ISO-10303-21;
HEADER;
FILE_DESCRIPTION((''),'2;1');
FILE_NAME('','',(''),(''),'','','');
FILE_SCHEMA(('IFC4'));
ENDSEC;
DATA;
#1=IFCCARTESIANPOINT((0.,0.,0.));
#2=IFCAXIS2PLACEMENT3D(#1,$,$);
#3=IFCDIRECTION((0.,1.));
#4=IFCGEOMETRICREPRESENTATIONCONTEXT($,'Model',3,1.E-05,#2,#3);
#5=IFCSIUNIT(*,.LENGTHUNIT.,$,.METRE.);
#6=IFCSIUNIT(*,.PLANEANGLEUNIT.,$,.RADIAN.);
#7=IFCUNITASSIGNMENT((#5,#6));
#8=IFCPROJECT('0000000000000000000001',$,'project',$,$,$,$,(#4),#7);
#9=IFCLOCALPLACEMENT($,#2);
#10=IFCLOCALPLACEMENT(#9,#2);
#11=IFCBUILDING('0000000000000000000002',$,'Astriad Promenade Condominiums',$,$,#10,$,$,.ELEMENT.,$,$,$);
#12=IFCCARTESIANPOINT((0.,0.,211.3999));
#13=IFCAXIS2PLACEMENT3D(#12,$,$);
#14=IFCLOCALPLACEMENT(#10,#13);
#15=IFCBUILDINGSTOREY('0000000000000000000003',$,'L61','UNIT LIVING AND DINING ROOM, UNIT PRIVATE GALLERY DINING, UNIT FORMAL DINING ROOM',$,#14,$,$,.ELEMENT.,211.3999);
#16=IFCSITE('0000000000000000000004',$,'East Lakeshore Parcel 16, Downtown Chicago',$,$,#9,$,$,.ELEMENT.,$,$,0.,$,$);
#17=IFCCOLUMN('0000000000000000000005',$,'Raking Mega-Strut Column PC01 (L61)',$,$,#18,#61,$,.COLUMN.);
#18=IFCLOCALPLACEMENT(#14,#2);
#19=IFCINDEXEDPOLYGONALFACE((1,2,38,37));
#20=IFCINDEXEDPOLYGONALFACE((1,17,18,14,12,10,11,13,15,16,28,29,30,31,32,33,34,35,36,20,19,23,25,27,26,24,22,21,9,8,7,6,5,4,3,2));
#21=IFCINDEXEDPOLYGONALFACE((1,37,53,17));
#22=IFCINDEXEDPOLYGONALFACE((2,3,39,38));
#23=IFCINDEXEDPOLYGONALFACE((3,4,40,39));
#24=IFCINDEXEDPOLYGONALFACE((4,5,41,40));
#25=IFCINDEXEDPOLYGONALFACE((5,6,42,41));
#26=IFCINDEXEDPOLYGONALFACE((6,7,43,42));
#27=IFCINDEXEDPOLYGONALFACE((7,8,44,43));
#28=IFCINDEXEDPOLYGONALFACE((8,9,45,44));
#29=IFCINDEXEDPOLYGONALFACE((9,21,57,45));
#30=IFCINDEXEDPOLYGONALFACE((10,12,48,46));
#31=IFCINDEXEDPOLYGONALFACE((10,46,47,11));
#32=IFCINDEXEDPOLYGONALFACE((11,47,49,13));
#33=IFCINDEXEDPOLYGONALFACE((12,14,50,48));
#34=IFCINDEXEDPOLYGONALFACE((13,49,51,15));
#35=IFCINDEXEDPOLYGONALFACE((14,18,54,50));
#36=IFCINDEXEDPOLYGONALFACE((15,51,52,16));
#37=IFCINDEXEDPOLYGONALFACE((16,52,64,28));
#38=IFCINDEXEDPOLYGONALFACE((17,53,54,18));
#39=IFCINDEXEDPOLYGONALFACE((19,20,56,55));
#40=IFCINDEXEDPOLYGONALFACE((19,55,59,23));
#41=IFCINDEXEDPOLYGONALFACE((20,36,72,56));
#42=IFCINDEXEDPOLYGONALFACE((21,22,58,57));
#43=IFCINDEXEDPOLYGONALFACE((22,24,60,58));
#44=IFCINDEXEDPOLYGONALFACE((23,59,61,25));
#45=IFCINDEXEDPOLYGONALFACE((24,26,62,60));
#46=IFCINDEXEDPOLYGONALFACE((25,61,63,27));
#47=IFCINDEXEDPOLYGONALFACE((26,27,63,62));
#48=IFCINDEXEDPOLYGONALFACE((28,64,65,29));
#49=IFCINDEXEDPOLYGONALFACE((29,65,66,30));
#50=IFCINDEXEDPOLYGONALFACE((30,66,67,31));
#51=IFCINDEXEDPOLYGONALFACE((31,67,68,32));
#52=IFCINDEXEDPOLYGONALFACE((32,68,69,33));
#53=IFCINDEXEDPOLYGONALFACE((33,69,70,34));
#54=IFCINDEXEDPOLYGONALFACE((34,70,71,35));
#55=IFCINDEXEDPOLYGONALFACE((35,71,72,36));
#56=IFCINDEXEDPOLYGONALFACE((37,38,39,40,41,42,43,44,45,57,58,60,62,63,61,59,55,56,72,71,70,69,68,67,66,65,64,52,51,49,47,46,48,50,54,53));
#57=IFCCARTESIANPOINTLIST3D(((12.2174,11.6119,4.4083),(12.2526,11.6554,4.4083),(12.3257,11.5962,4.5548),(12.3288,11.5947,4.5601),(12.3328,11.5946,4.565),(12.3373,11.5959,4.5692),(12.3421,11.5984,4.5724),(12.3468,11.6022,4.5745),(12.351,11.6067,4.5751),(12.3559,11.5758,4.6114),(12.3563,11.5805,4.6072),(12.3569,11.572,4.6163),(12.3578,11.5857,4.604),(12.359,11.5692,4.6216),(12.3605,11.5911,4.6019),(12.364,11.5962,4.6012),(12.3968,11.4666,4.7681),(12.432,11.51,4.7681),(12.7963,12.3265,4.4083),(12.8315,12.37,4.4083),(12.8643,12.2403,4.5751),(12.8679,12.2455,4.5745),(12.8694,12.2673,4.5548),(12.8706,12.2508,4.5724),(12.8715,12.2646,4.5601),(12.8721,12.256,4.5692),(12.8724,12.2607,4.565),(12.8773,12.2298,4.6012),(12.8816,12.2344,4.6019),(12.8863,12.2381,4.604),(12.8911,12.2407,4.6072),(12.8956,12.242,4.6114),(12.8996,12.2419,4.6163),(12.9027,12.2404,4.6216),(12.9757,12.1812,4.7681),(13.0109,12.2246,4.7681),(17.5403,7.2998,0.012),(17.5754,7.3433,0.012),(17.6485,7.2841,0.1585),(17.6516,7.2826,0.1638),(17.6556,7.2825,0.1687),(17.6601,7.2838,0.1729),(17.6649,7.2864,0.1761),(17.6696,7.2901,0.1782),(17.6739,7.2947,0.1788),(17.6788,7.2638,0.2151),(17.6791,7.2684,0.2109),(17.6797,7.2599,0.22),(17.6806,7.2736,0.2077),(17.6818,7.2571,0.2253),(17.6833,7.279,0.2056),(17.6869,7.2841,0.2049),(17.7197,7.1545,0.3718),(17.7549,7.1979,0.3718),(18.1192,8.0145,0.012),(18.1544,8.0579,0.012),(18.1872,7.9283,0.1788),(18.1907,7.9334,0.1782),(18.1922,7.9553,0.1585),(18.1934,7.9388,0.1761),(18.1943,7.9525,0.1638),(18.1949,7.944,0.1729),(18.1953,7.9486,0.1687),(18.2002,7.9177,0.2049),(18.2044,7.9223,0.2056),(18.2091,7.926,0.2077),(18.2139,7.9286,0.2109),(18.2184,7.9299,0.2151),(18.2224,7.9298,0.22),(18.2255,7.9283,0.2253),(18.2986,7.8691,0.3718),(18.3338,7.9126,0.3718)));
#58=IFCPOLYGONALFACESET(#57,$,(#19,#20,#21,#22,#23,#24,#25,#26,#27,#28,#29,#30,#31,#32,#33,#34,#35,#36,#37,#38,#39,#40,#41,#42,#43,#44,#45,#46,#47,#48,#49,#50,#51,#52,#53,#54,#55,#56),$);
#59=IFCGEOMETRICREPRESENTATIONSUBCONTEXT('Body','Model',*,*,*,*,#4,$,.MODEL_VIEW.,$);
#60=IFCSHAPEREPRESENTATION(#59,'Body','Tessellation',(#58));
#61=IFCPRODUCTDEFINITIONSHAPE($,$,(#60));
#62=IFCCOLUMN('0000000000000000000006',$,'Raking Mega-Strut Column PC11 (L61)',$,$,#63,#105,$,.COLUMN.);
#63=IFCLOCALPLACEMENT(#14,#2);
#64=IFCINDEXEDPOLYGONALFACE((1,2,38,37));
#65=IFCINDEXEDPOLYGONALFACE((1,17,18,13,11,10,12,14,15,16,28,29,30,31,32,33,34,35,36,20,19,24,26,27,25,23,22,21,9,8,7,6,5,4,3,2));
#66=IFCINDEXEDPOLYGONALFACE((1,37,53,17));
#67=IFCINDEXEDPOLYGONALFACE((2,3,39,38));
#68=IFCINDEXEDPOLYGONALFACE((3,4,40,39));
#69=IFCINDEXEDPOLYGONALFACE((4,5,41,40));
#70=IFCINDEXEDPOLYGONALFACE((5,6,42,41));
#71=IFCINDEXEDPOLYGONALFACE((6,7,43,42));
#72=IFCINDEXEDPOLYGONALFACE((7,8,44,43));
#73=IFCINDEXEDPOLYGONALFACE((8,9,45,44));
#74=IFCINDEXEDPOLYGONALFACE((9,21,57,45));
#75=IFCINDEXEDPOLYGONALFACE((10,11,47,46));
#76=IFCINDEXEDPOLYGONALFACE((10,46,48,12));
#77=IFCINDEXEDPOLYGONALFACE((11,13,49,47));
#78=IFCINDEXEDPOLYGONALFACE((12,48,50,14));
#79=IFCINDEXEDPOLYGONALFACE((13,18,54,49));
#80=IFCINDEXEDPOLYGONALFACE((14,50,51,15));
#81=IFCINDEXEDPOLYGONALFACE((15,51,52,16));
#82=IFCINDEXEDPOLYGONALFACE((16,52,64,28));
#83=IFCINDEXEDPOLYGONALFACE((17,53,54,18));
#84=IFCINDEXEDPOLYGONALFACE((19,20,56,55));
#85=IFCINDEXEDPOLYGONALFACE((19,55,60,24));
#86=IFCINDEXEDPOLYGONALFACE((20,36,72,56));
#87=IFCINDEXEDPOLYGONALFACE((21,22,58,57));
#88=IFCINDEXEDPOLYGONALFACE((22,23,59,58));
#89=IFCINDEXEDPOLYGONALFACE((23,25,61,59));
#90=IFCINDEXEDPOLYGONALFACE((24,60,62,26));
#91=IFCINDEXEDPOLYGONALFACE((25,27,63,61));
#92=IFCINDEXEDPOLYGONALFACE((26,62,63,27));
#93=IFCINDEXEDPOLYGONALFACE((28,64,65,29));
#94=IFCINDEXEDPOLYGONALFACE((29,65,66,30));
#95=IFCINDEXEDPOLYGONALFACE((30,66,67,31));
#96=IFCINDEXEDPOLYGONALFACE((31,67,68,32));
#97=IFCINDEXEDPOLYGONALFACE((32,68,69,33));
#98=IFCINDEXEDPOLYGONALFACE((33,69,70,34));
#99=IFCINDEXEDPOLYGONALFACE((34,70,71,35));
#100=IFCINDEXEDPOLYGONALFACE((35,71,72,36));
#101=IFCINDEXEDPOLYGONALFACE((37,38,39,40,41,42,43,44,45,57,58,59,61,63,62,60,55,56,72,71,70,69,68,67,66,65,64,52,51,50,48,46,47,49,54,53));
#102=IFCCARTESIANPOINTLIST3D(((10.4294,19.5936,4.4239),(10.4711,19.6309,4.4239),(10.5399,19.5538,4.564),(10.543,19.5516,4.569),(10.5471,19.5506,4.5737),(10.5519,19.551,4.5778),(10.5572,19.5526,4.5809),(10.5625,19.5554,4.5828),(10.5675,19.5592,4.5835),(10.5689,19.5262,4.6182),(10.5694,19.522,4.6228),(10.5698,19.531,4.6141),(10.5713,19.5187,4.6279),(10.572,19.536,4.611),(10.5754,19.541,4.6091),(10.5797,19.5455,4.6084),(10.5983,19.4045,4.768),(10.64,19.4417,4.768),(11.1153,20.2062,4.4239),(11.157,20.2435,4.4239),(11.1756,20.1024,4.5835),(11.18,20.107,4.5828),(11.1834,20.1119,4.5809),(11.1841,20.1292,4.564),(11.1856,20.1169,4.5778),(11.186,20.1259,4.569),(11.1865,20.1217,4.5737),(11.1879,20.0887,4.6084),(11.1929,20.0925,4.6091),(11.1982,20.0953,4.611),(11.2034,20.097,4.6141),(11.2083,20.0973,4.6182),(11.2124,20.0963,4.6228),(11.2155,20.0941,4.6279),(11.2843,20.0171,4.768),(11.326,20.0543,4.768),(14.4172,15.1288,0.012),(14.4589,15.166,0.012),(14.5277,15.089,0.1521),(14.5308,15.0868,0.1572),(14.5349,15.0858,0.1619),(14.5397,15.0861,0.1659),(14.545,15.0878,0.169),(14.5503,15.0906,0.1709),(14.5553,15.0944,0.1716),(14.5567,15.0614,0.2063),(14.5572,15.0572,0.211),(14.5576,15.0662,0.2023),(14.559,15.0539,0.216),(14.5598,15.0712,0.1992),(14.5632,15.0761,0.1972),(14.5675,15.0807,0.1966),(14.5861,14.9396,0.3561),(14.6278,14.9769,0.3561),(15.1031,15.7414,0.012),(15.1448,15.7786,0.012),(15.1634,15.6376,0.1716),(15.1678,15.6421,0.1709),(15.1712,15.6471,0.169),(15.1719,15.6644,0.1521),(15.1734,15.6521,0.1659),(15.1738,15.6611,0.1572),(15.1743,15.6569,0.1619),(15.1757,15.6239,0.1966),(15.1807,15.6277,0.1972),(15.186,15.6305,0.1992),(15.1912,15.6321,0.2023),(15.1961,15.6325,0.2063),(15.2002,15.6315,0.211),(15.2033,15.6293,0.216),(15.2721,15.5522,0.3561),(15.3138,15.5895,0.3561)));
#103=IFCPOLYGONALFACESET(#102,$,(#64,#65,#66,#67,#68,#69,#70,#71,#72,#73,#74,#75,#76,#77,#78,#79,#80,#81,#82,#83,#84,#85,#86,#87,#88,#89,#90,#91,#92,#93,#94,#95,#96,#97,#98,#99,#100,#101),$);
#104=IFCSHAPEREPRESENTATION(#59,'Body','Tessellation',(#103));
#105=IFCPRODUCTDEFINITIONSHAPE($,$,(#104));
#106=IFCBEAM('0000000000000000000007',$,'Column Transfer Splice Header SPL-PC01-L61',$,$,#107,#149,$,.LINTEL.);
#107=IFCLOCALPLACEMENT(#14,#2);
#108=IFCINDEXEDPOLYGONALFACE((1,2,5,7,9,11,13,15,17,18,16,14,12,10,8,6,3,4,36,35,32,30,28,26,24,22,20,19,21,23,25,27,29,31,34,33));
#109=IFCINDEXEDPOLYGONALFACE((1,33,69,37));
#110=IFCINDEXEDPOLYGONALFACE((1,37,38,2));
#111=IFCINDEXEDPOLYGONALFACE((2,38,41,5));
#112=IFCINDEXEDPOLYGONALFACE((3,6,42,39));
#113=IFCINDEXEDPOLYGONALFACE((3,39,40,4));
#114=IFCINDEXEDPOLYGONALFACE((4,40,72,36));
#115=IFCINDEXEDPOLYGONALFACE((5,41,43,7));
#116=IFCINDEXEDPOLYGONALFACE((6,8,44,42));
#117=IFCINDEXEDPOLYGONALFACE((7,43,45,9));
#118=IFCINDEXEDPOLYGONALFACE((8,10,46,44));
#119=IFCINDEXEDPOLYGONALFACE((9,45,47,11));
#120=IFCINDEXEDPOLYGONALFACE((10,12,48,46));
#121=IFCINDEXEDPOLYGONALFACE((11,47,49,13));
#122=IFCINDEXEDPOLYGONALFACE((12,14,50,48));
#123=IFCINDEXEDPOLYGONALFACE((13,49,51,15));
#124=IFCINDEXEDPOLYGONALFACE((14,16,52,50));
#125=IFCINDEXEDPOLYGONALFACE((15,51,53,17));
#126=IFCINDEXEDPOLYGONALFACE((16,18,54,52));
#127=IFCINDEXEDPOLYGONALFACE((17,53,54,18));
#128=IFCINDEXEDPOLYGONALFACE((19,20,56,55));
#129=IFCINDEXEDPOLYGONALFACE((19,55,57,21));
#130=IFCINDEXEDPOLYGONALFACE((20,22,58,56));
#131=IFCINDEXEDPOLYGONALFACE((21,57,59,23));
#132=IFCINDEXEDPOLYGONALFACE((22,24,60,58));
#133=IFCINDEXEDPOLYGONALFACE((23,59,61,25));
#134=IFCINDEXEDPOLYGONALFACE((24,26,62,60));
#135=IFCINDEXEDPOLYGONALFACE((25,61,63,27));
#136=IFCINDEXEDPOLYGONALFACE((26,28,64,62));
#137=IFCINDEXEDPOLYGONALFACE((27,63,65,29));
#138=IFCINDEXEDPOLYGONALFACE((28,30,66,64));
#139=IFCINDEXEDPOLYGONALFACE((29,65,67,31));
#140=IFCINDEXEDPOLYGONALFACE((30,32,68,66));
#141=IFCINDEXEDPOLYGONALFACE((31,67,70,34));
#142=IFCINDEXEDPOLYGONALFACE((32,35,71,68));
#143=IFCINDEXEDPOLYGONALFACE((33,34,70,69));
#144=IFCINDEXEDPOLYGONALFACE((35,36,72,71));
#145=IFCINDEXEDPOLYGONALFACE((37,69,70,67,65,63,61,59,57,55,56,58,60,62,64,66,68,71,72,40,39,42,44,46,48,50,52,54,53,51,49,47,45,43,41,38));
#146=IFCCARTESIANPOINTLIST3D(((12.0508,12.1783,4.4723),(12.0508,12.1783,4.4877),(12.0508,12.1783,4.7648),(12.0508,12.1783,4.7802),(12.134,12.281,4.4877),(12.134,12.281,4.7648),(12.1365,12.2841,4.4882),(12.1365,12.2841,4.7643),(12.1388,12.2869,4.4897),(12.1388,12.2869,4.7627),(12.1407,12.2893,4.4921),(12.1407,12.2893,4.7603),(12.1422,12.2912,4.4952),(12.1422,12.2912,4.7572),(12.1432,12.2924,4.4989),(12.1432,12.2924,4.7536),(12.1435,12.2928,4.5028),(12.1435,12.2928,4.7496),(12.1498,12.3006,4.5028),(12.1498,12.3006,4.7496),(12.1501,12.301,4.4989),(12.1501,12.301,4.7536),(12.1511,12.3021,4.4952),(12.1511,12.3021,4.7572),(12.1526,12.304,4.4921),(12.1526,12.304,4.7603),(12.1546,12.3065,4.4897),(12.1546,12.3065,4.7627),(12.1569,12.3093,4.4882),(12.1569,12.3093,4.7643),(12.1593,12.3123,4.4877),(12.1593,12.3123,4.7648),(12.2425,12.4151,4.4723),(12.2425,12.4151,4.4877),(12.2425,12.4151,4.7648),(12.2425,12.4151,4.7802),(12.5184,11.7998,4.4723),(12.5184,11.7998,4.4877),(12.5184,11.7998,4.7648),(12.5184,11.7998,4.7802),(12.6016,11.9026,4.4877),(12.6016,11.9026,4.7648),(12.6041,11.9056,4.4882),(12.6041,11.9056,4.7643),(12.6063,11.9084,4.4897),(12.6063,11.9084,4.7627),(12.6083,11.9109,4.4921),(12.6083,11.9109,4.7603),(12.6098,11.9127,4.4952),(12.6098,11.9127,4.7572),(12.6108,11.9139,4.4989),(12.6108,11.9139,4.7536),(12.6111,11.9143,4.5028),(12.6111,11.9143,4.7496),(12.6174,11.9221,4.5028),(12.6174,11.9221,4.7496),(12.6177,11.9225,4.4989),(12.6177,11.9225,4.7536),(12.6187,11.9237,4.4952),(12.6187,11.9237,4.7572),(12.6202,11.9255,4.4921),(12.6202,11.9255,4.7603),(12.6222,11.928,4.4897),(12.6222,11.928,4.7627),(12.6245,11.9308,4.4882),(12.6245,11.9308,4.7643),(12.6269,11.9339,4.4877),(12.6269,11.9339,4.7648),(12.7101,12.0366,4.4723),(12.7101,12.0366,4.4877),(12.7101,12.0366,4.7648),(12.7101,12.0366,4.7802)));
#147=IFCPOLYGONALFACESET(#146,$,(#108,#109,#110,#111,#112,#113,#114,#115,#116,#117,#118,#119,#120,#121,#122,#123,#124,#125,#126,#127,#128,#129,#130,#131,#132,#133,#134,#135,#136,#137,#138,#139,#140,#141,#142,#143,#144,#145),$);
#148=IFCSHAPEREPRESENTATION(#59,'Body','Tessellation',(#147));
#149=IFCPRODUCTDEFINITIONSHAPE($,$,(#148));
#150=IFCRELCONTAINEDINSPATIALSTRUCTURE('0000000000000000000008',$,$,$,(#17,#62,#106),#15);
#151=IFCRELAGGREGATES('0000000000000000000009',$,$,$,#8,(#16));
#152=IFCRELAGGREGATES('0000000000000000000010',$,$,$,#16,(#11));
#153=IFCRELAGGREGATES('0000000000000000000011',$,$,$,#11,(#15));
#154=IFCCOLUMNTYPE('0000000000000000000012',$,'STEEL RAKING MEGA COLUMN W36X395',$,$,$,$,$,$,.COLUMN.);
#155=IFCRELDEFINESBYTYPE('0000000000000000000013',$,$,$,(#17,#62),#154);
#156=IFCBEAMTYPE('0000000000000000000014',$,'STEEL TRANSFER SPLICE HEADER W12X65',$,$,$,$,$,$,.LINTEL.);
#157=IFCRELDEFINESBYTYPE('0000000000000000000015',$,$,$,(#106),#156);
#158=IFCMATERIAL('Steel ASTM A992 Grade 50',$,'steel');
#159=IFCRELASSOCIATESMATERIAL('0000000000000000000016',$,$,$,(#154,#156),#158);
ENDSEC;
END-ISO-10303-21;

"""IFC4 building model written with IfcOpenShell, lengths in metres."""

from ifc_helpers import new_model, si_unit, direction, frame, origin, origin_2d, place, context, subcontext, project, spatial, i_section, extrude, source, transform, mapped, material, material_profile, profile_set, type_object, type_shapes, element, save


model = new_model("IFC4")

# Units and contexts
model_context = context("Model", 3, precision=1e-05, world=origin(), true_north=direction((0.0, 1.0)))
body_context = subcontext(model_context, "Body", "Model", "MODEL_VIEW")
ifc_project = project(units=[si_unit("LENGTHUNIT", "METRE"), si_unit("PLANEANGLEUNIT", "RADIAN")], contexts=[model_context])

# Site, building, storey
site_placement = place(None, origin())
site = spatial("IfcSite", under=ifc_project, at=site_placement, Name="East Lakeshore Parcel 16, Downtown Chicago", CompositionType="ELEMENT", RefElevation=0.0)
building_placement = place(site_placement, origin())
building = spatial("IfcBuilding", under=site, at=building_placement, Name="Astriad Promenade Condominiums", CompositionType="ELEMENT")
storey_placement = place(building_placement, frame((0.0, 0.0, 211.3999)))
storey = spatial("IfcBuildingStorey", under=building, at=storey_placement, Name="L61", Description="UNIT LIVING AND DINING ROOM, UNIT PRIVATE GALLERY DINING, UNIT FORMAL DINING ROOM", CompositionType="ELEMENT", Elevation=211.3999)

# Columns
ifc_material_1 = material(Name="Steel ASTM A992 Grade 50", Category="steel")
ifc_material_profile_1 = material_profile(ifc_material_1, i_section(OverallWidth=0.4275, OverallDepth=0.9756, WebThickness=0.031, FlangeThickness=0.0559, FilletRadius=0.0242, at=origin_2d()), Name="W36X395")
ifc_profile_set_1 = profile_set([ifc_material_profile_1], Name="Steel ASTM A992 Grade 50")
column_type = type_object("IfcColumnType", Name="STEEL RAKING MEGA COLUMN W36X395", PredefinedType="COLUMN", material=ifc_profile_set_1)
shared_shape_1 = source(origin(), body_context, "Body", "SweptSolid", [
    extrude(i_section(OverallWidth=0.4275, OverallDepth=0.9756, WebThickness=0.031, FlangeThickness=0.0559, FilletRadius=0.0242, at=origin_2d()), origin(), (0.0, 0.0, 1.0), 8.1396),
])
column_1_placement = place(storey_placement, frame((17.937, 7.6062, 0.1919), z_axis=(-0.653938, 0.529761, 0.540109), x_axis=(0.419677, -0.339984, 0.841595)))
element("IfcColumn", 1, at=column_1_placement, inside=storey, type_object=column_type, Name="Raking Mega-Strut Column PC01 (L61)", PredefinedType="COLUMN", context=body_context, shape_type="MappedRepresentation", body=[
    mapped(shared_shape_1, transform((0.0, 0.0, 0.0), scale=1.0)),
])
shared_shape_2 = source(origin(), body_context, "Body", "SweptSolid", [
    extrude(i_section(OverallWidth=0.4275, OverallDepth=0.9756, WebThickness=0.031, FlangeThickness=0.0559, FilletRadius=0.0242, at=origin_2d()), origin(), (0.0, 0.0, 1.0), 7.4365),
])
type_shapes(column_type, [shared_shape_1, shared_shape_2])
column_2_placement = place(storey_placement, frame((14.8655, 15.3591, 0.1841), z_axis=(-0.536244, 0.600394, 0.59327), x_axis=(0.3952, -0.442477, 0.805004)))
element("IfcColumn", 2, at=column_2_placement, inside=storey, type_object=column_type, Name="Raking Mega-Strut Column PC11 (L61)", PredefinedType="COLUMN", context=body_context, shape_type="MappedRepresentation", body=[
    mapped(shared_shape_2, transform((0.0, 0.0, 0.0), scale=1.0)),
])

# Beam
ifc_material_profile_2 = material_profile(ifc_material_1, i_section(OverallWidth=0.3047, OverallDepth=0.3079, WebThickness=0.01, FlangeThickness=0.0154, FilletRadius=0.0151, at=origin_2d()), Name="W12X65")
ifc_profile_set_2 = profile_set([ifc_material_profile_2], Name="Steel ASTM A992 Grade 50")
beam_type_1 = type_object("IfcBeamType", Name="STEEL TRANSFER SPLICE HEADER W12X65", PredefinedType="LINTEL", material=ifc_profile_set_2)
shared_shape_3 = source(origin(), body_context, "Body", "SweptSolid", [
    extrude(i_section(OverallWidth=0.3047, OverallDepth=0.3079, WebThickness=0.01, FlangeThickness=0.0154, FilletRadius=0.0151, at=origin_2d()), origin(), (0.0, 0.0, 1.0), 0.6016),
])
type_shapes(beam_type_1, [shared_shape_3])
beam_1_placement = place(storey_placement, frame((12.6143, 11.9182, 4.6262), z_axis=(-0.777292, 0.62914, 0.0), x_axis=(-0.62914, -0.777292, 0.0)))
element("IfcBeam", 3, at=beam_1_placement, inside=storey, type_object=beam_type_1, Name="Column Transfer Splice Header SPL-PC01-L61", PredefinedType="LINTEL", context=body_context, shape_type="MappedRepresentation", body=[
    mapped(shared_shape_3, transform((0.0, 0.0, 0.0), scale=1.0)),
])

save(model, "model.ifc")
